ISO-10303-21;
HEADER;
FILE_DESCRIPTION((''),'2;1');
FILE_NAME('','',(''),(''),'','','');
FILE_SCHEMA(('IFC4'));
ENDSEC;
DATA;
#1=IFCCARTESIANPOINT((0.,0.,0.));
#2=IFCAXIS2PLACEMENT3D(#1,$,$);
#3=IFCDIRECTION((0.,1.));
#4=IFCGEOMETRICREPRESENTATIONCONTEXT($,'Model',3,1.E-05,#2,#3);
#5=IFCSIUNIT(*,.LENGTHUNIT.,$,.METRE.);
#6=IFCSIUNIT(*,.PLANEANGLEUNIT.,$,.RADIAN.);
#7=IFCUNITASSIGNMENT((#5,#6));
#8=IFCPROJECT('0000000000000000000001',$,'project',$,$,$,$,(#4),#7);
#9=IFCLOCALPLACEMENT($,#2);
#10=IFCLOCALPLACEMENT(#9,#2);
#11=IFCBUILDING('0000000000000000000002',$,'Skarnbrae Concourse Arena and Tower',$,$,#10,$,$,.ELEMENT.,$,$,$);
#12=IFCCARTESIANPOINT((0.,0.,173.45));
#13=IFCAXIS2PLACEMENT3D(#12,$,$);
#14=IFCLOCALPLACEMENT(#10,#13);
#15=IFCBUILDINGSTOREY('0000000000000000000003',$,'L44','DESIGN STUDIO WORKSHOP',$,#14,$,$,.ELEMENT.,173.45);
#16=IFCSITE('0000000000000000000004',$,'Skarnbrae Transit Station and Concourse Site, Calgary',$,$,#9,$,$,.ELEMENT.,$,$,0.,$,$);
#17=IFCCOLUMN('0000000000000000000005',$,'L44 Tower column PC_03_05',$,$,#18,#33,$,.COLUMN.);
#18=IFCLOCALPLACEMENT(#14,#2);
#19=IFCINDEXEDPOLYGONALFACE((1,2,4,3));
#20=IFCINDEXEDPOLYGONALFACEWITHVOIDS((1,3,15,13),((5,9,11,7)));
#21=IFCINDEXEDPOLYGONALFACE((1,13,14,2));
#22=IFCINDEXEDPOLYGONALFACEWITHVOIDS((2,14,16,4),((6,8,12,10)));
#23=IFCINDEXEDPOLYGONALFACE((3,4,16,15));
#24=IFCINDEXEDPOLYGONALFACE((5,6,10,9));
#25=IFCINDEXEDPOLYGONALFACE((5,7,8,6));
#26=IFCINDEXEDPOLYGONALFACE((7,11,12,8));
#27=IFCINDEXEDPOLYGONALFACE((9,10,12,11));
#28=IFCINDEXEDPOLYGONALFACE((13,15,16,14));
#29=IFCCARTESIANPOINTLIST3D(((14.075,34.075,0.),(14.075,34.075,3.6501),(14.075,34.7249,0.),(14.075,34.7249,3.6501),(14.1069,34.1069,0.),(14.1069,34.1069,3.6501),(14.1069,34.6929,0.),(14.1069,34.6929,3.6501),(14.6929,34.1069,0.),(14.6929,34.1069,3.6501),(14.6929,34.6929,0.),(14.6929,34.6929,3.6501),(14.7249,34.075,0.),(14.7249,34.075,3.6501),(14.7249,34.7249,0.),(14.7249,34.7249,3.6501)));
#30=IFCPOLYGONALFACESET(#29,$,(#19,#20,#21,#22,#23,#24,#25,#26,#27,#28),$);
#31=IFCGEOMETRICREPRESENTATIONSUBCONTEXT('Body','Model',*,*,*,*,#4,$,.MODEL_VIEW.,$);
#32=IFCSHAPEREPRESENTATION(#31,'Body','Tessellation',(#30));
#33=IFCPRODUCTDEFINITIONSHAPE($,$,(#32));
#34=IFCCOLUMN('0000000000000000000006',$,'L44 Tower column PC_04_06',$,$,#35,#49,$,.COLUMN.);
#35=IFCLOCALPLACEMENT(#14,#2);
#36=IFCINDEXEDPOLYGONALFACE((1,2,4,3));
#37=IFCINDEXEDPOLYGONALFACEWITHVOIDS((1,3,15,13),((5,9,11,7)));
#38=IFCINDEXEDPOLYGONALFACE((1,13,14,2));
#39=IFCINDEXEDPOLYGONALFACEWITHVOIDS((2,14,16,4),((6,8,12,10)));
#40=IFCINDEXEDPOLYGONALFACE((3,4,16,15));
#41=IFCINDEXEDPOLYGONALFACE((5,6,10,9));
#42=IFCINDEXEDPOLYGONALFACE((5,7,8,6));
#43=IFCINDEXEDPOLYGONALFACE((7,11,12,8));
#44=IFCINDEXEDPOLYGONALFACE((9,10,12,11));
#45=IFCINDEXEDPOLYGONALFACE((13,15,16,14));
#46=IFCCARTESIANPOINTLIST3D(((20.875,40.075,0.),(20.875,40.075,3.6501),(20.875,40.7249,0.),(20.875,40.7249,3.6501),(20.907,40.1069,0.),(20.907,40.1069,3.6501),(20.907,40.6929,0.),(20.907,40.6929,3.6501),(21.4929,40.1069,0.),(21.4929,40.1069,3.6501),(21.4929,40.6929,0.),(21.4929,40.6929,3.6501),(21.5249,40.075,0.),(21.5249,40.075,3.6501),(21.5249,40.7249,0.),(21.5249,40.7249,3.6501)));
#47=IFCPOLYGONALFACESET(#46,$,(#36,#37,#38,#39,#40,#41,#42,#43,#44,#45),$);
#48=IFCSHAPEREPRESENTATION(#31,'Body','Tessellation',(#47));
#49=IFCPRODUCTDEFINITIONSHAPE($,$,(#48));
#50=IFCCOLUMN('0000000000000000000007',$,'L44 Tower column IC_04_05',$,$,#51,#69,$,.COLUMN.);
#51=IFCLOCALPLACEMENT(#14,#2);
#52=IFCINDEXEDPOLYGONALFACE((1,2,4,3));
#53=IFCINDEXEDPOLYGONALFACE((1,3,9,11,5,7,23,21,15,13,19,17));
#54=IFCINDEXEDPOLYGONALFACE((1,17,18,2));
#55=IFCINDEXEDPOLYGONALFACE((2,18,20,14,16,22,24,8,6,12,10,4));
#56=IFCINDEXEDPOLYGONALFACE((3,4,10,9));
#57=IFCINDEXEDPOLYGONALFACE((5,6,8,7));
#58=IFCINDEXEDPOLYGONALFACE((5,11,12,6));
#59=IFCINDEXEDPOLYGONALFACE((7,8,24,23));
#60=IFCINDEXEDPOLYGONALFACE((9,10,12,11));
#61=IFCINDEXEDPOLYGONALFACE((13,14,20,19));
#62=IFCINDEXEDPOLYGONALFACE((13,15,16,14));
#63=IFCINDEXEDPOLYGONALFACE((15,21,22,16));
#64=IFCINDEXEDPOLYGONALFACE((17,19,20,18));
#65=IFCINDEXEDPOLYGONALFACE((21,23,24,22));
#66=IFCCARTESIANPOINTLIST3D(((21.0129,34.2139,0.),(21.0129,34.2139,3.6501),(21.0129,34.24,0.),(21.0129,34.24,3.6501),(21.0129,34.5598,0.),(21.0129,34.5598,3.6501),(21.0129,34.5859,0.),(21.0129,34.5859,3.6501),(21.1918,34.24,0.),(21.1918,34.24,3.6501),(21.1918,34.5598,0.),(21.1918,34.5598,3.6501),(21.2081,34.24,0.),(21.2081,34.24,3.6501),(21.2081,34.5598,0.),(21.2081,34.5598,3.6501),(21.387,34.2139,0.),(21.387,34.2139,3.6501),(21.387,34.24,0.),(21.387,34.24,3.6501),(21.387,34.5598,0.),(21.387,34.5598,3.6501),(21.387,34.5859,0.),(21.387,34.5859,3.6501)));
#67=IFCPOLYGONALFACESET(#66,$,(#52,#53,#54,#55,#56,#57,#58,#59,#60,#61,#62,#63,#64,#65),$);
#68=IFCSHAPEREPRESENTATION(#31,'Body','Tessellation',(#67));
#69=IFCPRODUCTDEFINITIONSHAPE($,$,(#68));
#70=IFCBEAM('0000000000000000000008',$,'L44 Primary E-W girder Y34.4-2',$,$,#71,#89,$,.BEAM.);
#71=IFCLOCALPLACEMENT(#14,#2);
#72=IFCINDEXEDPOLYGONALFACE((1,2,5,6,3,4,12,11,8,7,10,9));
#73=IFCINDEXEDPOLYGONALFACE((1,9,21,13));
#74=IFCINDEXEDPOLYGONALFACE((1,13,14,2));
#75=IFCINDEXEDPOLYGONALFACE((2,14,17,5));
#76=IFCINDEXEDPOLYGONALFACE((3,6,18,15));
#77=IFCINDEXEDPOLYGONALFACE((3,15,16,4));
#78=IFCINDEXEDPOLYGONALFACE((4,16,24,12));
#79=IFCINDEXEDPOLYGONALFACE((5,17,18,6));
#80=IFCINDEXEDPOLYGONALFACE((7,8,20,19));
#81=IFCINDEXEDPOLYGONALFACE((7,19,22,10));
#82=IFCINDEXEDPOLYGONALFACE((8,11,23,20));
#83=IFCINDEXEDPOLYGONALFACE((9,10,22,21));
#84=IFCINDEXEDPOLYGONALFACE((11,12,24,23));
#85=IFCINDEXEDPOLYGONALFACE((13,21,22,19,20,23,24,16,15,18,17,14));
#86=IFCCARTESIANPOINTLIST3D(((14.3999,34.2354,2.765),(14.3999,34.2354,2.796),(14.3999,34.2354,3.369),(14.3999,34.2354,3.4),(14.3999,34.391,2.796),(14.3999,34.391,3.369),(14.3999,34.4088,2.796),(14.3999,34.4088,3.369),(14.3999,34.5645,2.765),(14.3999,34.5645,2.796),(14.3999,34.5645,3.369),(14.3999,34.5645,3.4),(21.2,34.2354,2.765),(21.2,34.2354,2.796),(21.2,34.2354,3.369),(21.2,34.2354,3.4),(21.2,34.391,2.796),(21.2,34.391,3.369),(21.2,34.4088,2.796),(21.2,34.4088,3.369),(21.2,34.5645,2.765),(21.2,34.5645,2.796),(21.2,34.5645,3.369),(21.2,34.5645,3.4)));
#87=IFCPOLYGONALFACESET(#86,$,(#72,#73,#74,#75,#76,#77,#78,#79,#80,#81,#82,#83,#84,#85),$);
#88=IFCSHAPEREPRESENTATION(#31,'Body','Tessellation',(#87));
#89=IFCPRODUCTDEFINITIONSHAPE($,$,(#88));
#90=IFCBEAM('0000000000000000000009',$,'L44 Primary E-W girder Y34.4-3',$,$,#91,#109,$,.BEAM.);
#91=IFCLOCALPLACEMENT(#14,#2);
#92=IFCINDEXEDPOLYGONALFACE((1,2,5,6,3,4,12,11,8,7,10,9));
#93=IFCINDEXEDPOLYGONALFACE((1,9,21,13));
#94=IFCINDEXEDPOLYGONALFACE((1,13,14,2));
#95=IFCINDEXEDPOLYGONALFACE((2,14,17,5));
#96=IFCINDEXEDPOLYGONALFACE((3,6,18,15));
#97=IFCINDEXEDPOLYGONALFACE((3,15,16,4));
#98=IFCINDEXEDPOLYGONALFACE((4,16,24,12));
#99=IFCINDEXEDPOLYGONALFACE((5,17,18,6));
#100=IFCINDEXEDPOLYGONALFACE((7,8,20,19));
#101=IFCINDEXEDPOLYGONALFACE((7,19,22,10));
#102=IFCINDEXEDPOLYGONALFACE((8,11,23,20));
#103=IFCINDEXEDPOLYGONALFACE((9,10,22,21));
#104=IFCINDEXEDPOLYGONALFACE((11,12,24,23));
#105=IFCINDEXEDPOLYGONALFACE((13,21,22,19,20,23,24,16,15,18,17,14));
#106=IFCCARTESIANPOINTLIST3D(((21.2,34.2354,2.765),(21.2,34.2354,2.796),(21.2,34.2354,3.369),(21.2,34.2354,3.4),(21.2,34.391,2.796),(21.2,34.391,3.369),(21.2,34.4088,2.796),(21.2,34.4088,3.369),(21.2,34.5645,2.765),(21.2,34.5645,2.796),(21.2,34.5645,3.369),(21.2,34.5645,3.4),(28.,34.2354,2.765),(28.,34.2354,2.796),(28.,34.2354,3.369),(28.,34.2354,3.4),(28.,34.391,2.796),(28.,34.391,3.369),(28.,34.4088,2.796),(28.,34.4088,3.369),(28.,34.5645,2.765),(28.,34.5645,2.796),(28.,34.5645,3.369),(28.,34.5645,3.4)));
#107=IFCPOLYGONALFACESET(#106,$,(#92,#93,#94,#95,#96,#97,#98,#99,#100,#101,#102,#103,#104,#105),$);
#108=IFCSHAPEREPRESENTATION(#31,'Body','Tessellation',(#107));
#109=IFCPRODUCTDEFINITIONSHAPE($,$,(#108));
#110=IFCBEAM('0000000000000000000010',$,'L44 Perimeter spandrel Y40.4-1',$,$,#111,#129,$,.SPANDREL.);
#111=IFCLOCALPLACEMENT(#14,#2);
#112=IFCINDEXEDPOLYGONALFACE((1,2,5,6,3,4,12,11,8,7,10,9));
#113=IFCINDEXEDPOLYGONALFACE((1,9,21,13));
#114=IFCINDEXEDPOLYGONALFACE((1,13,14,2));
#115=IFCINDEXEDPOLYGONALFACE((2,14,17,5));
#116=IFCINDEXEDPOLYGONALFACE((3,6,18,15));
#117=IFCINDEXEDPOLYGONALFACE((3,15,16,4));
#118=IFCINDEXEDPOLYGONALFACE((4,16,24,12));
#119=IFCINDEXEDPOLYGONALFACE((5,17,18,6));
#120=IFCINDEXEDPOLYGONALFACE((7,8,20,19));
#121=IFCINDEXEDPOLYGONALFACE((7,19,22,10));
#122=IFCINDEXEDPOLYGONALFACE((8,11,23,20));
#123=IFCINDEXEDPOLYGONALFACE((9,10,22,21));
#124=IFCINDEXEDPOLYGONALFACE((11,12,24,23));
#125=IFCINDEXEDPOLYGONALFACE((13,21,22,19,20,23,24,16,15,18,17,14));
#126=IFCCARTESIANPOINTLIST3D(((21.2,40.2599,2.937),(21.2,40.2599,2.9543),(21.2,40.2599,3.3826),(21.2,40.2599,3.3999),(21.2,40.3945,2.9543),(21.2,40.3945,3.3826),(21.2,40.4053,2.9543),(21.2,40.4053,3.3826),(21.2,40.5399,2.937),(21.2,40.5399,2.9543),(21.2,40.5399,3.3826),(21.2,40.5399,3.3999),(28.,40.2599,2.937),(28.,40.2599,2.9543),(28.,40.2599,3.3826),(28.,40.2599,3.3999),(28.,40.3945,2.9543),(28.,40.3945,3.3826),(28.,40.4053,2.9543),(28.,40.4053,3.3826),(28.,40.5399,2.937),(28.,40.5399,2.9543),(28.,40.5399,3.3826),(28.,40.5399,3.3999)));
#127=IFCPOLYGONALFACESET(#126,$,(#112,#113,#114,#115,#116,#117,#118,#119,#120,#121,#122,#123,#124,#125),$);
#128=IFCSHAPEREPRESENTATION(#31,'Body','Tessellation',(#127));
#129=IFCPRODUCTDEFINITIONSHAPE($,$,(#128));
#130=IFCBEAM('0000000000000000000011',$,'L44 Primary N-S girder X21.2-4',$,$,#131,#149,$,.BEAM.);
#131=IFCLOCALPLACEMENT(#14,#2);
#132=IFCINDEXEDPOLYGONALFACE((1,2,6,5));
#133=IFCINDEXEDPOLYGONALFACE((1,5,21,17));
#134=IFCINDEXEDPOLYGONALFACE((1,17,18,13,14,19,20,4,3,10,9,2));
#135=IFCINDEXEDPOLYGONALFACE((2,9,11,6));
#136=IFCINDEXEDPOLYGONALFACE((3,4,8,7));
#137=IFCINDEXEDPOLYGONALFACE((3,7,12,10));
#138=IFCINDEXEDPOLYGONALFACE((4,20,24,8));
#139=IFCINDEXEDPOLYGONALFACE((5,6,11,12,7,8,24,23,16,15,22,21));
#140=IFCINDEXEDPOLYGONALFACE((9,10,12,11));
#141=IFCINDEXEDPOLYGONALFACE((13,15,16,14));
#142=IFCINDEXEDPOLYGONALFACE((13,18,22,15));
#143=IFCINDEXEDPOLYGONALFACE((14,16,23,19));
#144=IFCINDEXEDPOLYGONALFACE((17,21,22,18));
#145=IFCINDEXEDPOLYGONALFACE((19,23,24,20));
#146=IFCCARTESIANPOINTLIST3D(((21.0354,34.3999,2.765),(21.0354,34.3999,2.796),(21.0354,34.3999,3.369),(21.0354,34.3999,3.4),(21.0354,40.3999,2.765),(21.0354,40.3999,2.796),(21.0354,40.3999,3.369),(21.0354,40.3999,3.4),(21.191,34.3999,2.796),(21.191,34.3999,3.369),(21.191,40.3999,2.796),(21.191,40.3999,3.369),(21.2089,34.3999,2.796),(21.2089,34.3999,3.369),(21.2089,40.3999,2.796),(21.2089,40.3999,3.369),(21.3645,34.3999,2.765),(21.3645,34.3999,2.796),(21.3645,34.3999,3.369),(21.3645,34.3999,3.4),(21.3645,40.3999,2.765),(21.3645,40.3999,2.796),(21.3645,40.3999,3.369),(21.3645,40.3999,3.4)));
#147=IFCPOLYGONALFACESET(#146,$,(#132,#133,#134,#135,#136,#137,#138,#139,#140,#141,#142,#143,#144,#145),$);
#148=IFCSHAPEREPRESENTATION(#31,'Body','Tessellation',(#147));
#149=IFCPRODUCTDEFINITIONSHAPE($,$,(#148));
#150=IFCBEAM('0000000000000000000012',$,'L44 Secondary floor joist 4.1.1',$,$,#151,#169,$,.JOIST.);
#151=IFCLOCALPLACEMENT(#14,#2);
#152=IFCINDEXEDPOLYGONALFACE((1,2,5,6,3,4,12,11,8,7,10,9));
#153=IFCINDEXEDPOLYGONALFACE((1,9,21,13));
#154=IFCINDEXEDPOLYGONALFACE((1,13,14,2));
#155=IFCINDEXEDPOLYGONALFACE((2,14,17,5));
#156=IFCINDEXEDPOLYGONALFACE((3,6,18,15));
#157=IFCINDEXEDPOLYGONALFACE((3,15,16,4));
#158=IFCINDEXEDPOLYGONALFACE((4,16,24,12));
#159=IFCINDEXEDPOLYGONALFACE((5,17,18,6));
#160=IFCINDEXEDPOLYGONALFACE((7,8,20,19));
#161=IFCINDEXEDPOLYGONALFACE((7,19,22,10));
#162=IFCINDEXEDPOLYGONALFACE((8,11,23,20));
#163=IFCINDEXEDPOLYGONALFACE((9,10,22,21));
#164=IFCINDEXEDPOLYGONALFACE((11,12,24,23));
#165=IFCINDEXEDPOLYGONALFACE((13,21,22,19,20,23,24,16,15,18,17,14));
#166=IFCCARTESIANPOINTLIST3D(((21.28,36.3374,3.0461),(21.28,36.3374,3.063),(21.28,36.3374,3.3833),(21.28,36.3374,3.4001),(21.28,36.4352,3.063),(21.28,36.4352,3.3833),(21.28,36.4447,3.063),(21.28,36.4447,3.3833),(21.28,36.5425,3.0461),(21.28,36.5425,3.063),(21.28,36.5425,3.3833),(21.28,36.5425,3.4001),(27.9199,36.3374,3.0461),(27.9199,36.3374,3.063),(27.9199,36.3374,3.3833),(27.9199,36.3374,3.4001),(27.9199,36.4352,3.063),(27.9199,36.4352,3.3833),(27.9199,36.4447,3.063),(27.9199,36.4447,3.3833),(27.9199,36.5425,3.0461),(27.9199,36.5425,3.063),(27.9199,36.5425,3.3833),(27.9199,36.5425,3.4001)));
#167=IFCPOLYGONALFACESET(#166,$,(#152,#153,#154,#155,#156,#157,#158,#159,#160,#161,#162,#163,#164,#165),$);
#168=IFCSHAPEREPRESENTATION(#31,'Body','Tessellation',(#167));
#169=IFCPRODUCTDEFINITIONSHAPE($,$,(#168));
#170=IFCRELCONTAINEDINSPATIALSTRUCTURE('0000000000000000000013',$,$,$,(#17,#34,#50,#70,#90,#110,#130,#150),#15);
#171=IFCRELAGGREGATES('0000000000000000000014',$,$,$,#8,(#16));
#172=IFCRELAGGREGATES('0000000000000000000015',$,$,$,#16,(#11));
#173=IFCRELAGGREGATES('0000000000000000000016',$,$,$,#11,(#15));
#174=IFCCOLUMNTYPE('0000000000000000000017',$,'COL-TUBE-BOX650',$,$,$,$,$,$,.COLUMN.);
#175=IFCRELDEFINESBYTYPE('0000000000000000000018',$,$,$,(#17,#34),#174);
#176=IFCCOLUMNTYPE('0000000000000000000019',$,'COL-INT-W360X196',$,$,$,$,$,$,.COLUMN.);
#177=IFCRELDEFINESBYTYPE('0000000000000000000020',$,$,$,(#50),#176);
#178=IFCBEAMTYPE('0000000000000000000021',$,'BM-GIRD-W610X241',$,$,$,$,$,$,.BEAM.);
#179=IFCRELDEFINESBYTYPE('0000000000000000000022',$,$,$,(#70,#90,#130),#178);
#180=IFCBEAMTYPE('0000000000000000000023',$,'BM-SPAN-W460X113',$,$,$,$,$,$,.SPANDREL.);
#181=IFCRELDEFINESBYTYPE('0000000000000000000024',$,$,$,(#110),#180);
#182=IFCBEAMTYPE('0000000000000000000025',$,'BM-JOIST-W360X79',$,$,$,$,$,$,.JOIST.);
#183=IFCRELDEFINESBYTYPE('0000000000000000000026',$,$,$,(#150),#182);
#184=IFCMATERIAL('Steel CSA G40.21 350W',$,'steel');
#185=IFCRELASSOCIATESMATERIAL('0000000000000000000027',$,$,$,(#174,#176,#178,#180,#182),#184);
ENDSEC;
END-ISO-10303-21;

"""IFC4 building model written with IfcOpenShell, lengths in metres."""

from ifc_helpers import new_model, si_unit, direction, frame, origin, origin_2d, place, context, subcontext, project, spatial, hollow_rectangle, i_section, extrude, source, transform, mapped, material, material_profile, profile_set, type_object, element, save


model = new_model("IFC4")

# Units and contexts
model_context = context("Model", 3, precision=1e-05, world=origin(), true_north=direction((0.0, 1.0)))
body_context = subcontext(model_context, "Body", "Model", "MODEL_VIEW")
ifc_project = project(units=[si_unit("LENGTHUNIT", "METRE"), si_unit("PLANEANGLEUNIT", "RADIAN")], contexts=[model_context])

# Site, building, storey
site_placement = place(None, origin())
site = spatial("IfcSite", under=ifc_project, at=site_placement, Name="Skarnbrae Transit Station and Concourse Site, Calgary", CompositionType="ELEMENT", RefElevation=0.0)
building_placement = place(site_placement, origin())
building = spatial("IfcBuilding", under=site, at=building_placement, Name="Skarnbrae Concourse Arena and Tower", CompositionType="ELEMENT")
storey_placement = place(building_placement, frame((0.0, 0.0, 173.45)))
storey = spatial("IfcBuildingStorey", under=building, at=storey_placement, Name="L44", Description="DESIGN STUDIO WORKSHOP", CompositionType="ELEMENT", Elevation=173.45)

# Columns
ifc_material_1 = material(Name="Steel CSA G40.21 350W", Category="steel")
ifc_material_profile_1 = material_profile(ifc_material_1, hollow_rectangle(XDim=0.6499, YDim=0.6499, WallThickness=0.032, at=origin_2d()), Name="BOX650X650X32")
ifc_profile_set_1 = profile_set([ifc_material_profile_1], Name="Steel CSA G40.21 350W")
column_type_1 = type_object("IfcColumnType", Name="COL-TUBE-BOX650", PredefinedType="COLUMN", material=ifc_profile_set_1)
shared_shape_1 = source(origin(), body_context, "Body", "SweptSolid", [
    extrude(hollow_rectangle(XDim=0.6499, YDim=0.6499, WallThickness=0.032, at=origin_2d()), origin(), (0.0, 0.0, 1.0), 3.6501),
])
for number, where, z_axis, x_axis, name in (
    (1, (14.3999, 34.3999, 0.0), (0.0, 0.0, 1.0), (1.0, 0.0, 0.0), "L44 Tower column PC_03_05"),
    (2, (21.2, 40.3999, 0.0), (0.0, 0.0, 1.0), (1.0, 0.0, 0.0), "L44 Tower column PC_04_06"),
):
    element("IfcColumn", number, at=place(storey_placement, frame(where, z_axis=z_axis, x_axis=x_axis)), inside=storey, type_object=column_type_1, Name=name, PredefinedType="COLUMN", context=body_context, shape_type="MappedRepresentation", body=[
        mapped(shared_shape_1, transform((0.0, 0.0, 0.0))),
    ])
ifc_material_profile_2 = material_profile(ifc_material_1, i_section(OverallWidth=0.374, OverallDepth=0.3721, WebThickness=0.0164, FlangeThickness=0.0261, at=origin_2d()), Name="W360X196")
ifc_profile_set_2 = profile_set([ifc_material_profile_2], Name="Steel CSA G40.21 350W")
column_type_2 = type_object("IfcColumnType", Name="COL-INT-W360X196", PredefinedType="COLUMN", material=ifc_profile_set_2)
shared_shape_2 = source(origin(), body_context, "Body", "SweptSolid", [
    extrude(i_section(OverallWidth=0.374, OverallDepth=0.3721, WebThickness=0.0164, FlangeThickness=0.0261, at=origin_2d()), origin(), (0.0, 0.0, 1.0), 3.6501),
])
column_placement = place(storey_placement, frame((21.2, 34.3999, 0.0), z_axis=(0.0, 0.0, 1.0), x_axis=(1.0, 0.0, 0.0)))
element("IfcColumn", 3, at=column_placement, inside=storey, type_object=column_type_2, Name="L44 Tower column IC_04_05", PredefinedType="COLUMN", context=body_context, shape_type="MappedRepresentation", body=[
    mapped(shared_shape_2, transform((0.0, 0.0, 0.0))),
])

# Beams
ifc_material_profile_3 = material_profile(ifc_material_1, i_section(OverallWidth=0.3291, OverallDepth=0.635, WebThickness=0.0178, FlangeThickness=0.031, at=origin_2d()), Name="W610X241")
ifc_profile_set_3 = profile_set([ifc_material_profile_3], Name="Steel CSA G40.21 350W")
beam_type_1 = type_object("IfcBeamType", Name="BM-GIRD-W610X241", PredefinedType="BEAM", material=ifc_profile_set_3)
shared_shape_3 = source(origin(), body_context, "Body", "SweptSolid", [
    extrude(i_section(OverallWidth=0.3291, OverallDepth=0.635, WebThickness=0.0178, FlangeThickness=0.031, at=origin_2d()), origin(), (0.0, 0.0, 1.0), 6.8),
])
for number, where, z_axis, x_axis, name in (
    (4, (14.3999, 34.3999, 3.0825), (1.0, 0.0, 0.0), (0.0, 1.0, 0.0), "L44 Primary E-W girder Y34.4-2"),
    (5, (21.2, 34.3999, 3.0825), (1.0, 0.0, 0.0), (0.0, 1.0, 0.0), "L44 Primary E-W girder Y34.4-3"),
):
    element("IfcBeam", number, at=place(storey_placement, frame(where, z_axis=z_axis, x_axis=x_axis)), inside=storey, type_object=beam_type_1, Name=name, PredefinedType="BEAM", context=body_context, shape_type="MappedRepresentation", body=[
        mapped(shared_shape_3, transform((0.0, 0.0, 0.0))),
    ])
ifc_material_profile_4 = material_profile(ifc_material_1, i_section(OverallWidth=0.28, OverallDepth=0.4629, WebThickness=0.0107, FlangeThickness=0.0173, at=origin_2d()), Name="W460X113")
ifc_profile_set_4 = profile_set([ifc_material_profile_4], Name="Steel CSA G40.21 350W")
beam_type_2 = type_object("IfcBeamType", Name="BM-SPAN-W460X113", PredefinedType="SPANDREL", material=ifc_profile_set_4)
shared_shape_4 = source(origin(), body_context, "Body", "SweptSolid", [
    extrude(i_section(OverallWidth=0.28, OverallDepth=0.4629, WebThickness=0.0107, FlangeThickness=0.0173, at=origin_2d()), origin(), (0.0, 0.0, 1.0), 6.8),
])
beam_1_placement = place(storey_placement, frame((21.2, 40.3999, 3.1685), z_axis=(1.0, 0.0, 0.0), x_axis=(0.0, 1.0, 0.0)))
element("IfcBeam", 6, at=beam_1_placement, inside=storey, type_object=beam_type_2, Name="L44 Perimeter spandrel Y40.4-1", PredefinedType="SPANDREL", context=body_context, shape_type="MappedRepresentation", body=[
    mapped(shared_shape_4, transform((0.0, 0.0, 0.0))),
])
shared_shape_5 = source(origin(), body_context, "Body", "SweptSolid", [
    extrude(i_section(OverallWidth=0.3291, OverallDepth=0.635, WebThickness=0.0178, FlangeThickness=0.031, at=origin_2d()), origin(), (0.0, 0.0, 1.0), 6.0),
])
beam_2_placement = place(storey_placement, frame((21.2, 34.3999, 3.0825), z_axis=(0.0, 1.0, 0.0), x_axis=(-1.0, 0.0, 0.0)))
element("IfcBeam", 7, at=beam_2_placement, inside=storey, type_object=beam_type_1, Name="L44 Primary N-S girder X21.2-4", PredefinedType="BEAM", context=body_context, shape_type="MappedRepresentation", body=[
    mapped(shared_shape_5, transform((0.0, 0.0, 0.0))),
])
ifc_material_profile_5 = material_profile(ifc_material_1, i_section(OverallWidth=0.2051, OverallDepth=0.354, WebThickness=0.0095, FlangeThickness=0.0168, at=origin_2d()), Name="W360X79")
ifc_profile_set_5 = profile_set([ifc_material_profile_5], Name="Steel CSA G40.21 350W")
beam_type_3 = type_object("IfcBeamType", Name="BM-JOIST-W360X79", PredefinedType="JOIST", material=ifc_profile_set_5)
shared_shape_6 = source(origin(), body_context, "Body", "SweptSolid", [
    extrude(i_section(OverallWidth=0.2051, OverallDepth=0.354, WebThickness=0.0095, FlangeThickness=0.0168, at=origin_2d()), origin(), (0.0, 0.0, 1.0), 6.6399),
])
for number, where, z_axis, x_axis, name in (
    (8, (21.28, 36.4399, 3.2231), (1.0, 0.0, 0.0), (0.0, 1.0, 0.0), "L44 Secondary floor joist 4.1.1"),
):
    element("IfcBeam", number, at=place(storey_placement, frame(where, z_axis=z_axis, x_axis=x_axis)), inside=storey, type_object=beam_type_3, Name=name, PredefinedType="JOIST", context=body_context, shape_type="MappedRepresentation", body=[
        mapped(shared_shape_6, transform((0.0, 0.0, 0.0))),
    ])

save(model, "model.ifc")
